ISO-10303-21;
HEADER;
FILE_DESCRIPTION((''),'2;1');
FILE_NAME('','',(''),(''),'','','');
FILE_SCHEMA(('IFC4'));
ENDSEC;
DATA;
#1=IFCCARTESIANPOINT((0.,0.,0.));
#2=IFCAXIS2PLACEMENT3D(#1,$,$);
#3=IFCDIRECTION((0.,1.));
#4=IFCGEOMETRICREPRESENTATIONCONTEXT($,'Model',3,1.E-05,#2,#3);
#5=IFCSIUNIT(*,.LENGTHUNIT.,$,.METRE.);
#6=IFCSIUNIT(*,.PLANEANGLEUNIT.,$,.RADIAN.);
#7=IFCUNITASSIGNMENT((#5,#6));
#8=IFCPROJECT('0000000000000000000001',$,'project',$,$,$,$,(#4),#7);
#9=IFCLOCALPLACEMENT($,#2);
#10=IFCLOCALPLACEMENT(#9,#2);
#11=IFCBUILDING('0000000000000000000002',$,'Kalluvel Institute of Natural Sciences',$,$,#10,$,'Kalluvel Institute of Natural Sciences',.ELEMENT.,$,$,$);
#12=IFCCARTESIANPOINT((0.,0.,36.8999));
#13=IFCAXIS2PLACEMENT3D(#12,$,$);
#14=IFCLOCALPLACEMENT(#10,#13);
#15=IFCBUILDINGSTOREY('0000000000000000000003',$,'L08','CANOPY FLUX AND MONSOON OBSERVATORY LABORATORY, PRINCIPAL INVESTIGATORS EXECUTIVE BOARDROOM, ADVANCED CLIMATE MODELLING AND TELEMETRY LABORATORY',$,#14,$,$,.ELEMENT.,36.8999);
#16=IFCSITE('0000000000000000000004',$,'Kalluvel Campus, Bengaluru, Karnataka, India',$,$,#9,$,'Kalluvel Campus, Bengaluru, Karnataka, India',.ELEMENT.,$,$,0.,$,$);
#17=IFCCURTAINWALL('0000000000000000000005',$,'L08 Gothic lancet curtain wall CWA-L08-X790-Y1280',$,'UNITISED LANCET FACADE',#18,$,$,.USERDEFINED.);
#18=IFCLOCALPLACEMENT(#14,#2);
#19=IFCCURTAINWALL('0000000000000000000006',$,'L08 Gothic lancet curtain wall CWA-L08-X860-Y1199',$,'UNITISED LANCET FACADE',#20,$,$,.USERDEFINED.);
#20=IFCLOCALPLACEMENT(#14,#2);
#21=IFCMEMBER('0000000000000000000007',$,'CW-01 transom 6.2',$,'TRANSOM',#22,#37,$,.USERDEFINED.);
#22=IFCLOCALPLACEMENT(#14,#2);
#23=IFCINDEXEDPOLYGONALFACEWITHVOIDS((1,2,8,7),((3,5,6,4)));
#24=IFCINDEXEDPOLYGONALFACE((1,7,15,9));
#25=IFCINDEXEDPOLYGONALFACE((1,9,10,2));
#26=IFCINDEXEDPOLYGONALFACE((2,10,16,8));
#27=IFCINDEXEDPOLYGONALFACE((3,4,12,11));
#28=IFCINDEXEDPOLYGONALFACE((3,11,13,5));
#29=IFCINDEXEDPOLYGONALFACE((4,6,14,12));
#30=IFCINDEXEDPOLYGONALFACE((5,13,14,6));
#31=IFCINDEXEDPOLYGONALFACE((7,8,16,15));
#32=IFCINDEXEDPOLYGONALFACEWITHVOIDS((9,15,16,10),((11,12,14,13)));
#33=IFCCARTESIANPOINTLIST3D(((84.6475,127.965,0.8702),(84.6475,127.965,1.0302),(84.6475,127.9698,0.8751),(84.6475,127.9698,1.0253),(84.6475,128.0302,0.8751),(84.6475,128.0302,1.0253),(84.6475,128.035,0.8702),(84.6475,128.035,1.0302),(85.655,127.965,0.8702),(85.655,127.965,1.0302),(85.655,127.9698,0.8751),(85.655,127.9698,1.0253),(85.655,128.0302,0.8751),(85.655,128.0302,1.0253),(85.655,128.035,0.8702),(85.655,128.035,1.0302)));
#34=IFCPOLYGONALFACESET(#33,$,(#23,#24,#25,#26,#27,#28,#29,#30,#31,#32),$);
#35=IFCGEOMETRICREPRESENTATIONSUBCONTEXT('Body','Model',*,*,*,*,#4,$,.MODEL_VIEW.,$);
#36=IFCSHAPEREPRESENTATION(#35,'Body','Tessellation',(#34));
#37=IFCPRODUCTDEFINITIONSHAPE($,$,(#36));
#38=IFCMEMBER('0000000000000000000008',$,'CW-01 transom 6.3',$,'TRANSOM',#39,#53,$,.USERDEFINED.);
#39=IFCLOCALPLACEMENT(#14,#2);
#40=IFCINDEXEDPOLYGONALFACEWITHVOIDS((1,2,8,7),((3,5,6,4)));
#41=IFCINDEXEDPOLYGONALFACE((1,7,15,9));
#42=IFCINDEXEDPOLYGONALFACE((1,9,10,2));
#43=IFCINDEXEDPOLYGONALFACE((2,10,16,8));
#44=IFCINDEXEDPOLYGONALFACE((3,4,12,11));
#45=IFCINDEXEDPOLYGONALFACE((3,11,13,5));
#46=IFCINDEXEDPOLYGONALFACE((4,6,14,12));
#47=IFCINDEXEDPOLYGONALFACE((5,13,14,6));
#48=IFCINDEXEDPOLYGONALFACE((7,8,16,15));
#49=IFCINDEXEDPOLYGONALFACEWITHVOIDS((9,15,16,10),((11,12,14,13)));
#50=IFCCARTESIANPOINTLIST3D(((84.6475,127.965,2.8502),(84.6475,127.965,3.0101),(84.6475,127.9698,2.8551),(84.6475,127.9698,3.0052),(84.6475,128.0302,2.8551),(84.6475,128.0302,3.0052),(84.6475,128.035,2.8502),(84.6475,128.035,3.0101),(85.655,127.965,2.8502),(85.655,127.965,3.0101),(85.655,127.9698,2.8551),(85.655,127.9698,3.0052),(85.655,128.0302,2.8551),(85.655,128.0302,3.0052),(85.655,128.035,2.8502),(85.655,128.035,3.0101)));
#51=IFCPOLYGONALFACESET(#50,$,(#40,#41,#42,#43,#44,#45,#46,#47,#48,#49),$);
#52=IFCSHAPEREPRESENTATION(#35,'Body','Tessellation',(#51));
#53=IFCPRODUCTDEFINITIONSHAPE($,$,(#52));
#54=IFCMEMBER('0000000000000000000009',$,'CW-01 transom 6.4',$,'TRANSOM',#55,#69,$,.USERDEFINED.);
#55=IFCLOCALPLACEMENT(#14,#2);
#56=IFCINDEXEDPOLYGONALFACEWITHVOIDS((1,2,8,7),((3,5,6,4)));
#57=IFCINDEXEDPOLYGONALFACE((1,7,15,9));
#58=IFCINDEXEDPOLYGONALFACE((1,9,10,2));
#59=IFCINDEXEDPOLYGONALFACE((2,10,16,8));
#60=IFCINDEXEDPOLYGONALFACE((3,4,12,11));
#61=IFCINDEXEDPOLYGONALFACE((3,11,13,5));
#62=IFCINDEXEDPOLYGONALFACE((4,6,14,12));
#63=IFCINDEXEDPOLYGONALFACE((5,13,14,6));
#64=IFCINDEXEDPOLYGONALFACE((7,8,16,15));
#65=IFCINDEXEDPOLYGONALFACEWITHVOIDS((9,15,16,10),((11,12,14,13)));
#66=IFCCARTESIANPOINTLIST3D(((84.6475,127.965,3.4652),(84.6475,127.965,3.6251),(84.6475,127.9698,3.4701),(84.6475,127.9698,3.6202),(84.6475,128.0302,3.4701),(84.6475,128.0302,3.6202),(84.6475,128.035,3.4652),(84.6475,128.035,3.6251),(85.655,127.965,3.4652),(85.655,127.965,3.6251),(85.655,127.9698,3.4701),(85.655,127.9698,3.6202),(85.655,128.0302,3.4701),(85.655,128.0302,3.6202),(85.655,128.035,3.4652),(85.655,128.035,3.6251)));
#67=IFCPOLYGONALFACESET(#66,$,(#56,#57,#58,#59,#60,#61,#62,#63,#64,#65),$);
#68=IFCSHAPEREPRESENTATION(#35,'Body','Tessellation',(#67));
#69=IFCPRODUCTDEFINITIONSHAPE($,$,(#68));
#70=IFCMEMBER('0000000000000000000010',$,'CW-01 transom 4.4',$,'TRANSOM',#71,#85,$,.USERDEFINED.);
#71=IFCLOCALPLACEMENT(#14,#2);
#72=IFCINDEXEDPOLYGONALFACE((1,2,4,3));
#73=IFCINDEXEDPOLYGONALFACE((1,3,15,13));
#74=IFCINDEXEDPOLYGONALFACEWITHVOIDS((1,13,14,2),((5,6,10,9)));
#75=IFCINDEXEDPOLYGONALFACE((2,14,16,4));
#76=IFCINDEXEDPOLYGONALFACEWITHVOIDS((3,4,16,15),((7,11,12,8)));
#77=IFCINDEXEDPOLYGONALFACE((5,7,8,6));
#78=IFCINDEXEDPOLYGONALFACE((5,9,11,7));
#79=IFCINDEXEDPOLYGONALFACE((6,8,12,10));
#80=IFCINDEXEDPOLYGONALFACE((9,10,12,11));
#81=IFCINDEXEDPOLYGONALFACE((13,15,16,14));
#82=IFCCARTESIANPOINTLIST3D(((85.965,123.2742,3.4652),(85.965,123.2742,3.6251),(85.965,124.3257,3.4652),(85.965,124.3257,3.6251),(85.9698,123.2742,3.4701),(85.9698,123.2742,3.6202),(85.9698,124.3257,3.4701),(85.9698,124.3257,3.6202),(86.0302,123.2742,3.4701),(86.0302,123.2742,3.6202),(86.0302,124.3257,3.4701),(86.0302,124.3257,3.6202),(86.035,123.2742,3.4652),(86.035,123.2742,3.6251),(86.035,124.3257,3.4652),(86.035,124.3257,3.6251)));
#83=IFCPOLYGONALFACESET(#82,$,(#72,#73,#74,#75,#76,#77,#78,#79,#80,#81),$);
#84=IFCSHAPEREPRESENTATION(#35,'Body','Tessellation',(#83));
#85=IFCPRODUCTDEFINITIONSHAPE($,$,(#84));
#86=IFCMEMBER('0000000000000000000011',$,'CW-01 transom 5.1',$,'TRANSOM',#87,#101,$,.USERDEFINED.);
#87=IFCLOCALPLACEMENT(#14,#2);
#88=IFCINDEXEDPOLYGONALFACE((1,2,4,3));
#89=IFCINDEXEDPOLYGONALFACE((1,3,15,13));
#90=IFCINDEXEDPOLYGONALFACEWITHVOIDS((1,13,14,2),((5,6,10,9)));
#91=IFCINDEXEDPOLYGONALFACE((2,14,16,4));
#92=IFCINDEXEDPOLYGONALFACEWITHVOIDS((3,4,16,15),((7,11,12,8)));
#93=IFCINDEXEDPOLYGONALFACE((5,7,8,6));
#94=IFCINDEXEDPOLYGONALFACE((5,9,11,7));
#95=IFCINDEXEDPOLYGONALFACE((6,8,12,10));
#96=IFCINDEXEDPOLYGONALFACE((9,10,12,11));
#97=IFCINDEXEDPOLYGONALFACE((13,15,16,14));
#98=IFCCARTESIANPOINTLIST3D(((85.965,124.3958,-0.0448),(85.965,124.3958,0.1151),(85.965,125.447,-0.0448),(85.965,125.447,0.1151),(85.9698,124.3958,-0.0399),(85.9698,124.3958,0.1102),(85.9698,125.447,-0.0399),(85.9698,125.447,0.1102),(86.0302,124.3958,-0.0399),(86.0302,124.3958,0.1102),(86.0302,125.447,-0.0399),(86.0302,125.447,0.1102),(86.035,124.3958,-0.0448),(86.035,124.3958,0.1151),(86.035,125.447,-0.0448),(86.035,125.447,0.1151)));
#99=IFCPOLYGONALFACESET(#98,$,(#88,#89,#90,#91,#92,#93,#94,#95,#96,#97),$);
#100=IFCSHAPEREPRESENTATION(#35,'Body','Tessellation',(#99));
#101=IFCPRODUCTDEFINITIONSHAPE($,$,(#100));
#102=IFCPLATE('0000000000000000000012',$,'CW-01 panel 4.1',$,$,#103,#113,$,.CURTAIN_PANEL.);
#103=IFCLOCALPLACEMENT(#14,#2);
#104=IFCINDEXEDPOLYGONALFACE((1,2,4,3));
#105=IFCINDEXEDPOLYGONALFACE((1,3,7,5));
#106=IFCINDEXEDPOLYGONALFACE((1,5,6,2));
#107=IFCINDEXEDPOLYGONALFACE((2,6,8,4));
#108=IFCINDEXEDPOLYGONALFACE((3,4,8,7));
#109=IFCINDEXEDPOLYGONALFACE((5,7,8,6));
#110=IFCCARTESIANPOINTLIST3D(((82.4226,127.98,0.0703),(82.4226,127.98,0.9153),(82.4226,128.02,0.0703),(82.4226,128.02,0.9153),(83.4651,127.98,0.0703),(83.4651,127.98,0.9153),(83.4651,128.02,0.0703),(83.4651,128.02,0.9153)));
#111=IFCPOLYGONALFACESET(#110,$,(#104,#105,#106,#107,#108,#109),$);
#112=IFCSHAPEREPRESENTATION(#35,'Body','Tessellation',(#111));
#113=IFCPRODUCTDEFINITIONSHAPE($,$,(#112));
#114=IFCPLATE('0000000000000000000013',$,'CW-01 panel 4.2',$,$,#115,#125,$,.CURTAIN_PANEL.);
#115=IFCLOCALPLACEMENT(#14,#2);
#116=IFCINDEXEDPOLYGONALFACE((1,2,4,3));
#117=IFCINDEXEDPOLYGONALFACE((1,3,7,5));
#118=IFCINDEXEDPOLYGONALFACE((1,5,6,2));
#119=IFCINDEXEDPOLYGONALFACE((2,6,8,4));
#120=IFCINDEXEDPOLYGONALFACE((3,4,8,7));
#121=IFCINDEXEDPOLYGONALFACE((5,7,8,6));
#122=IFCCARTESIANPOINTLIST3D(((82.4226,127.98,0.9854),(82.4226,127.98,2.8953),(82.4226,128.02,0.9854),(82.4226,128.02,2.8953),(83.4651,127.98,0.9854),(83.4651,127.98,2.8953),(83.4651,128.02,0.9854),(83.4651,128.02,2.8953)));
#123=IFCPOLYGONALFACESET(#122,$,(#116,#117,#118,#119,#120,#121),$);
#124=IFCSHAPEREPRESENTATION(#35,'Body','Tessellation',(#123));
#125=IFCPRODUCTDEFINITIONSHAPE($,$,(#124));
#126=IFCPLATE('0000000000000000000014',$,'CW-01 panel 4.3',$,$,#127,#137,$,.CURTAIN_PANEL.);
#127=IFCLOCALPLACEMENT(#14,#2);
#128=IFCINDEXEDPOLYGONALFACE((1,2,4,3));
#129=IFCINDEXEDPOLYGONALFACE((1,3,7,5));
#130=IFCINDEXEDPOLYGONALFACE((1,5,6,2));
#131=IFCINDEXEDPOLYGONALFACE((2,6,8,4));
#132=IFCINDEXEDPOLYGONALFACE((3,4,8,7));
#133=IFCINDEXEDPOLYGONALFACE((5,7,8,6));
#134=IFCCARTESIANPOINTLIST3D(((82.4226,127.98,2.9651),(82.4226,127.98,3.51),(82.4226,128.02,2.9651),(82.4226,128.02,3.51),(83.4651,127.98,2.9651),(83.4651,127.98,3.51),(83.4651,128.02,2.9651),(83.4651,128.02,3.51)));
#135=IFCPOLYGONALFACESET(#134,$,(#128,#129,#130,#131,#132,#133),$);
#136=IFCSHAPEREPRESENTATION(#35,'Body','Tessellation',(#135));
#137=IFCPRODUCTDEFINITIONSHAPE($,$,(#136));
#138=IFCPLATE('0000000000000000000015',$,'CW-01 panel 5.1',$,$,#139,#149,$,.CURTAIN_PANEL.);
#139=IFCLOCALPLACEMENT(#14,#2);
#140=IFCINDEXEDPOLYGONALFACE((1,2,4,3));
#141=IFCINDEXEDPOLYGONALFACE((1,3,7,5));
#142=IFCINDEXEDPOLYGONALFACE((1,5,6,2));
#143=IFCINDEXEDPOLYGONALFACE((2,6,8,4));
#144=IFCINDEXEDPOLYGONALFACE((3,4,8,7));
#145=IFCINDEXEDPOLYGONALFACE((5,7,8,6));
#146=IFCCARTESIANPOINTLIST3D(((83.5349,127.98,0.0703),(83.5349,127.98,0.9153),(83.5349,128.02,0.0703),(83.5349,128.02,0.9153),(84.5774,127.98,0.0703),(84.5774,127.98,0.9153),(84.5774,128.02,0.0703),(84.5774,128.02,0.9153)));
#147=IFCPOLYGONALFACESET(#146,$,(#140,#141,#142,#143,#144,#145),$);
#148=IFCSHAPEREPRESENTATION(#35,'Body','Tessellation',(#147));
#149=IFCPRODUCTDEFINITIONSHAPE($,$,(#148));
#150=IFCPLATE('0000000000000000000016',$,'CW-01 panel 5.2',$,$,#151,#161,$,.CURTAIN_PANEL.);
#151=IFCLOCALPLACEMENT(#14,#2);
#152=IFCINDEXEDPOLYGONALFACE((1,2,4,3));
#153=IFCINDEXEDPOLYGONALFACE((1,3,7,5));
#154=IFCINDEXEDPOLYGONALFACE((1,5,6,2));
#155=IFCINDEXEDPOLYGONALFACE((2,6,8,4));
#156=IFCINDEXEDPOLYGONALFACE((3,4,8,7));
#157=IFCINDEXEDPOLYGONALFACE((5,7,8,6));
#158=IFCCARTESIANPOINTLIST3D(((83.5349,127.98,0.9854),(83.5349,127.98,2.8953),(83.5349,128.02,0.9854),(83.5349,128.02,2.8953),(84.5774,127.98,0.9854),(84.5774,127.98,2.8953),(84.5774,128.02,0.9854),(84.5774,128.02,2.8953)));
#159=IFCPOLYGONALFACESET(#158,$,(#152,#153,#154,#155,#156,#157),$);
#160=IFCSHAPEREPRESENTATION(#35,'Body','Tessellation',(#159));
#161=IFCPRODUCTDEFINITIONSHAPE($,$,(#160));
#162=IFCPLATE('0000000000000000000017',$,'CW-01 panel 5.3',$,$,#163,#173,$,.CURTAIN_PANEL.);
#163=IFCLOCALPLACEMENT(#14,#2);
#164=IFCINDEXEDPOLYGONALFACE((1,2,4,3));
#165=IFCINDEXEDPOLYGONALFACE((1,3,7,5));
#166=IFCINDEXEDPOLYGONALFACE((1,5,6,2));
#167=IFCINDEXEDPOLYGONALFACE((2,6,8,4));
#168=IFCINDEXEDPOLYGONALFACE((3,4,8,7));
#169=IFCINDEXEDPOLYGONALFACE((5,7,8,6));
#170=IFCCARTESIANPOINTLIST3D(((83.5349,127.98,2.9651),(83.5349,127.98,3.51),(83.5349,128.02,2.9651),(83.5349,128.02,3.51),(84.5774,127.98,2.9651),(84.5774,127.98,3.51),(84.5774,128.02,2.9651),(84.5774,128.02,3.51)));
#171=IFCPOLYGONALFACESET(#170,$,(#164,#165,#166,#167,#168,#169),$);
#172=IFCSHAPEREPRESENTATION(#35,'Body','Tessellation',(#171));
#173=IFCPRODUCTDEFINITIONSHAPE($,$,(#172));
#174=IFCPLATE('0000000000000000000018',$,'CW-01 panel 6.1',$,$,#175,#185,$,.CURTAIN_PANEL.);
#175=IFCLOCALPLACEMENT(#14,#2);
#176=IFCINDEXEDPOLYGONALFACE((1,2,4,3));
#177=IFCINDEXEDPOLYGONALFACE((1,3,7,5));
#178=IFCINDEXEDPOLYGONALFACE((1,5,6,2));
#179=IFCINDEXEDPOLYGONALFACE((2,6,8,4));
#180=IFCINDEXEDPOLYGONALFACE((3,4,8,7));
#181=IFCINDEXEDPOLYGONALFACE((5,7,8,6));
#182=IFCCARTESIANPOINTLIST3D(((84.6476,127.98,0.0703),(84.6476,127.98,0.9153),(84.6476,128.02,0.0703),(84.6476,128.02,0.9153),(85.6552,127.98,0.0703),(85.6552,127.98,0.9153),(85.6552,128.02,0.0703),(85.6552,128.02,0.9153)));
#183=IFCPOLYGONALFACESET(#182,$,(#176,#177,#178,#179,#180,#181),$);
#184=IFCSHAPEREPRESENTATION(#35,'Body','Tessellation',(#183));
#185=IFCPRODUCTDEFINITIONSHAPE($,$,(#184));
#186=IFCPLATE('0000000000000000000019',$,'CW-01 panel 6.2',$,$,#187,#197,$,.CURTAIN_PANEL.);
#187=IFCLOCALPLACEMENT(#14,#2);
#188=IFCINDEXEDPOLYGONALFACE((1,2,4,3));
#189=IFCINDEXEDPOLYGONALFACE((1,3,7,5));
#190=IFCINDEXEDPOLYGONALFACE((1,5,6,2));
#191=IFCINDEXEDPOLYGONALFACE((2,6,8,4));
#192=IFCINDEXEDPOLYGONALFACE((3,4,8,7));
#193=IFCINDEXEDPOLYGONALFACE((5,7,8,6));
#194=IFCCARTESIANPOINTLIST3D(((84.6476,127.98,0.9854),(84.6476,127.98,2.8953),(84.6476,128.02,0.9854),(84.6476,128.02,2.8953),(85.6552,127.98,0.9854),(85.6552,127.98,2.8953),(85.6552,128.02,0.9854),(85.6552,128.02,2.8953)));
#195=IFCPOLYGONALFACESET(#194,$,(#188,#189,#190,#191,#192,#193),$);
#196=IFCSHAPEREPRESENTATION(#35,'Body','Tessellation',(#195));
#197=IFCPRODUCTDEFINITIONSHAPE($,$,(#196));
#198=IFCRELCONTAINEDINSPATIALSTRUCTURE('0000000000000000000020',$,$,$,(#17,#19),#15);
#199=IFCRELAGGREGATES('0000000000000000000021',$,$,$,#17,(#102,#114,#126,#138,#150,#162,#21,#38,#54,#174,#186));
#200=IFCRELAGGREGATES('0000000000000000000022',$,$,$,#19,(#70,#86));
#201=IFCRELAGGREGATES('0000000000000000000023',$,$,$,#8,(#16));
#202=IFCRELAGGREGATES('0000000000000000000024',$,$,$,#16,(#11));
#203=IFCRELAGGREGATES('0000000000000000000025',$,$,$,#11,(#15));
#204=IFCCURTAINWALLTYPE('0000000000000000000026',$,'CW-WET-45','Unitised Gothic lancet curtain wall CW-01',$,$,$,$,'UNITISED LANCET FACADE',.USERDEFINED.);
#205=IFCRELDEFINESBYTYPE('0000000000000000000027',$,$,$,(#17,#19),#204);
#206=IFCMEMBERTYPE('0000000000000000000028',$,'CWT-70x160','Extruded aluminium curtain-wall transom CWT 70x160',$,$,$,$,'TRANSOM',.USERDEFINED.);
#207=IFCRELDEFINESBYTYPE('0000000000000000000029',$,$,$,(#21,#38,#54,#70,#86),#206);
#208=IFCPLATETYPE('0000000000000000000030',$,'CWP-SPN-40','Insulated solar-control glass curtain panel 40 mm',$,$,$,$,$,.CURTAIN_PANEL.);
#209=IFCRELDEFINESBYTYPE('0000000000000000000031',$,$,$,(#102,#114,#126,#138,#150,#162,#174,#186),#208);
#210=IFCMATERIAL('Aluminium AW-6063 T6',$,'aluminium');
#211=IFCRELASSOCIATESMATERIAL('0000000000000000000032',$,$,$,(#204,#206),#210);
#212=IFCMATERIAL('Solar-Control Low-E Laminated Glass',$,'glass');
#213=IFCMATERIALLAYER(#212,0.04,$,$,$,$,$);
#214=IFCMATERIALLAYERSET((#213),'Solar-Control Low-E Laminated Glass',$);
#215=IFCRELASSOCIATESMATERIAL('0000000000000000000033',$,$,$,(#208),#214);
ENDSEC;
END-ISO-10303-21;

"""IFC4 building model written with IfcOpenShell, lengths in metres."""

from ifc_helpers import new_model, si_unit, direction, frame, origin, origin_2d, place, context, subcontext, project, spatial, rectangle, hollow_rectangle, extrude, material, layer, layer_set, material_profile, profile_set, type_object, element, aggregate, save


model = new_model("IFC4")

# Units and contexts
model_context = context("Model", 3, precision=1e-05, world=origin(), true_north=direction((0.0, 1.0)))
body_context = subcontext(model_context, "Body", "Model", "MODEL_VIEW")
ifc_project = project(units=[si_unit("LENGTHUNIT", "METRE"), si_unit("PLANEANGLEUNIT", "RADIAN")], contexts=[model_context])

# Site, building, storey
site_placement = place(None, origin())
site = spatial("IfcSite", under=ifc_project, at=site_placement, Name="Kalluvel Campus, Bengaluru, Karnataka, India", LongName="Kalluvel Campus, Bengaluru, Karnataka, India", CompositionType="ELEMENT", RefElevation=0.0)
building_placement = place(site_placement, origin())
building = spatial("IfcBuilding", under=site, at=building_placement, Name="Kalluvel Institute of Natural Sciences", LongName="Kalluvel Institute of Natural Sciences", CompositionType="ELEMENT")
storey_placement = place(building_placement, frame((0.0, 0.0, 36.8999)))
storey = spatial("IfcBuildingStorey", under=building, at=storey_placement, Name="L08", Description="CANOPY FLUX AND MONSOON OBSERVATORY LABORATORY, PRINCIPAL INVESTIGATORS EXECUTIVE BOARDROOM, ADVANCED CLIMATE MODELLING AND TELEMETRY LABORATORY", CompositionType="ELEMENT", Elevation=36.8999)

# Curtain wall
ifc_material_1 = material(Name="Aluminium AW-6063 T6", Category="aluminium")
curtain_wall_type = type_object("IfcCurtainWallType", Name="CW-WET-45", Description="Unitised Gothic lancet curtain wall CW-01", ElementType="UNITISED LANCET FACADE", PredefinedType="USERDEFINED", material=ifc_material_1)
curtain_wall_1_placement = place(storey_placement, origin())
curtain_wall_1 = element("IfcCurtainWall", 1, at=curtain_wall_1_placement, inside=storey, type_object=curtain_wall_type, Name="L08 Gothic lancet curtain wall CWA-L08-X790-Y1280", ObjectType="UNITISED LANCET FACADE", PredefinedType="USERDEFINED")

# Curtain wall
curtain_wall_2_placement = place(storey_placement, origin())
curtain_wall_2 = element("IfcCurtainWall", 2, at=curtain_wall_2_placement, inside=storey, type_object=curtain_wall_type, Name="L08 Gothic lancet curtain wall CWA-L08-X860-Y1199", ObjectType="UNITISED LANCET FACADE", PredefinedType="USERDEFINED")

# Members
ifc_material_profile_1 = material_profile(ifc_material_1, hollow_rectangle(XDim=0.0701, YDim=0.1599, WallThickness=0.0049, at=origin_2d()), Name="CWT 70x160")
ifc_profile_set_1 = profile_set([ifc_material_profile_1], Name="Aluminium AW-6063 T6")
member_type_1 = type_object("IfcMemberType", Name="CWT-70x160", Description="Extruded aluminium curtain-wall transom CWT 70x160", ElementType="TRANSOM", PredefinedType="USERDEFINED", material=ifc_profile_set_1)
member_1_placement = place(storey_placement, frame((84.6475, 128.0, 0.9502), z_axis=(1.0, 0.0, 0.0), x_axis=(0.0, 1.0, 0.0)))
member_1 = element("IfcMember", 3, at=member_1_placement, type_object=member_type_1, Name="CW-01 transom 6.2", ObjectType="TRANSOM", PredefinedType="USERDEFINED", context=body_context, shape_type="SweptSolid", body=[
    extrude(hollow_rectangle(XDim=0.0701, YDim=0.1599, WallThickness=0.0049, at=origin_2d()), origin(), (0.0, 0.0, 1.0), 1.0076),
])
member_2_placement = place(storey_placement, frame((84.6475, 128.0, 2.9302), z_axis=(1.0, 0.0, 0.0), x_axis=(0.0, 1.0, 0.0)))
member_2 = element("IfcMember", 4, at=member_2_placement, type_object=member_type_1, Name="CW-01 transom 6.3", ObjectType="TRANSOM", PredefinedType="USERDEFINED", context=body_context, shape_type="SweptSolid", body=[
    extrude(hollow_rectangle(XDim=0.0701, YDim=0.1599, WallThickness=0.0049, at=origin_2d()), origin(), (0.0, 0.0, 1.0), 1.0076),
])
member_3_placement = place(storey_placement, frame((84.6475, 128.0, 3.5452), z_axis=(1.0, 0.0, 0.0), x_axis=(0.0, 1.0, 0.0)))
member_3 = element("IfcMember", 5, at=member_3_placement, type_object=member_type_1, Name="CW-01 transom 6.4", ObjectType="TRANSOM", PredefinedType="USERDEFINED", context=body_context, shape_type="SweptSolid", body=[
    extrude(hollow_rectangle(XDim=0.0701, YDim=0.1599, WallThickness=0.0049, at=origin_2d()), origin(), (0.0, 0.0, 1.0), 1.0076),
])
member_4_placement = place(storey_placement, frame((86.0, 123.2742, 3.5452), z_axis=(0.0, 1.0, 0.0), x_axis=(-1.0, 0.0, 0.0)))
member_4 = element("IfcMember", 6, at=member_4_placement, type_object=member_type_1, Name="CW-01 transom 4.4", ObjectType="TRANSOM", PredefinedType="USERDEFINED", context=body_context, shape_type="SweptSolid", body=[
    extrude(hollow_rectangle(XDim=0.0701, YDim=0.1599, WallThickness=0.0049, at=origin_2d()), origin(), (0.0, 0.0, 1.0), 1.0515),
])
member_5_placement = place(storey_placement, frame((86.0, 124.3958, 0.0352), z_axis=(0.0, 1.0, 0.0), x_axis=(-1.0, 0.0, 0.0)))
member_5 = element("IfcMember", 7, at=member_5_placement, type_object=member_type_1, Name="CW-01 transom 5.1", ObjectType="TRANSOM", PredefinedType="USERDEFINED", context=body_context, shape_type="SweptSolid", body=[
    extrude(hollow_rectangle(XDim=0.0701, YDim=0.1599, WallThickness=0.0049, at=origin_2d()), origin(), (0.0, 0.0, 1.0), 1.0513),
])

# Plates
ifc_material_2 = material(Name="Solar-Control Low-E Laminated Glass", Category="glass")
ifc_layer = layer(ifc_material_2, 0.04)
ifc_layer_set = layer_set([ifc_layer], Name="Solar-Control Low-E Laminated Glass")
plate_type = type_object("IfcPlateType", Name="CWP-SPN-40", Description="Insulated solar-control glass curtain panel 40 mm", PredefinedType="CURTAIN_PANEL", material=ifc_layer_set)
plate_1_placement = place(storey_placement, frame((82.9438, 128.0, 0.0703), z_axis=(0.0, 0.0, 1.0), x_axis=(1.0, 0.0, 0.0)))
plate_1 = element("IfcPlate", 8, at=plate_1_placement, type_object=plate_type, Name="CW-01 panel 4.1", PredefinedType="CURTAIN_PANEL", context=body_context, shape_type="SweptSolid", body=[
    extrude(rectangle(XDim=1.0425, YDim=0.04, at=origin_2d()), origin(), (0.0, 0.0, 1.0), 0.845),
])
plate_2_placement = place(storey_placement, frame((82.9438, 128.0, 0.9854), z_axis=(0.0, 0.0, 1.0), x_axis=(1.0, 0.0, 0.0)))
plate_2 = element("IfcPlate", 9, at=plate_2_placement, type_object=plate_type, Name="CW-01 panel 4.2", PredefinedType="CURTAIN_PANEL", context=body_context, shape_type="SweptSolid", body=[
    extrude(rectangle(XDim=1.0425, YDim=0.04, at=origin_2d()), origin(), (0.0, 0.0, 1.0), 1.9099),
])
plate_3_placement = place(storey_placement, frame((82.9438, 128.0, 2.9651), z_axis=(0.0, 0.0, 1.0), x_axis=(1.0, 0.0, 0.0)))
plate_3 = element("IfcPlate", 10, at=plate_3_placement, type_object=plate_type, Name="CW-01 panel 4.3", PredefinedType="CURTAIN_PANEL", context=body_context, shape_type="SweptSolid", body=[
    extrude(rectangle(XDim=1.0425, YDim=0.04, at=origin_2d()), origin(), (0.0, 0.0, 1.0), 0.5449),
])
plate_4_placement = place(storey_placement, frame((84.0562, 128.0, 0.0703), z_axis=(0.0, 0.0, 1.0), x_axis=(1.0, 0.0, 0.0)))
plate_4 = element("IfcPlate", 11, at=plate_4_placement, type_object=plate_type, Name="CW-01 panel 5.1", PredefinedType="CURTAIN_PANEL", context=body_context, shape_type="SweptSolid", body=[
    extrude(rectangle(XDim=1.0425, YDim=0.04, at=origin_2d()), origin(), (0.0, 0.0, 1.0), 0.845),
])
plate_5_placement = place(storey_placement, frame((84.0562, 128.0, 0.9854), z_axis=(0.0, 0.0, 1.0), x_axis=(1.0, 0.0, 0.0)))
plate_5 = element("IfcPlate", 12, at=plate_5_placement, type_object=plate_type, Name="CW-01 panel 5.2", PredefinedType="CURTAIN_PANEL", context=body_context, shape_type="SweptSolid", body=[
    extrude(rectangle(XDim=1.0425, YDim=0.04, at=origin_2d()), origin(), (0.0, 0.0, 1.0), 1.9099),
])
plate_6_placement = place(storey_placement, frame((84.0562, 128.0, 2.9651), z_axis=(0.0, 0.0, 1.0), x_axis=(1.0, 0.0, 0.0)))
plate_6 = element("IfcPlate", 13, at=plate_6_placement, type_object=plate_type, Name="CW-01 panel 5.3", PredefinedType="CURTAIN_PANEL", context=body_context, shape_type="SweptSolid", body=[
    extrude(rectangle(XDim=1.0425, YDim=0.04, at=origin_2d()), origin(), (0.0, 0.0, 1.0), 0.5449),
])
plate_7_placement = place(storey_placement, frame((85.1514, 128.0, 0.0703), z_axis=(0.0, 0.0, 1.0), x_axis=(1.0, 0.0, 0.0)))
plate_7 = element("IfcPlate", 14, at=plate_7_placement, type_object=plate_type, Name="CW-01 panel 6.1", PredefinedType="CURTAIN_PANEL", context=body_context, shape_type="SweptSolid", body=[
    extrude(rectangle(XDim=1.0076, YDim=0.04, at=origin_2d()), origin(), (0.0, 0.0, 1.0), 0.845),
])
plate_8_placement = place(storey_placement, frame((85.1514, 128.0, 0.9854), z_axis=(0.0, 0.0, 1.0), x_axis=(1.0, 0.0, 0.0)))
plate_8 = element("IfcPlate", 15, at=plate_8_placement, type_object=plate_type, Name="CW-01 panel 6.2", PredefinedType="CURTAIN_PANEL", context=body_context, shape_type="SweptSolid", body=[
    extrude(rectangle(XDim=1.0076, YDim=0.04, at=origin_2d()), origin(), (0.0, 0.0, 1.0), 1.9099),
])
aggregate(curtain_wall_1, [plate_1, plate_2, plate_3, plate_4, plate_5, plate_6, member_1, member_2, member_3, plate_7, plate_8])
aggregate(curtain_wall_2, [member_4, member_5])

save(model, "model.ifc")
